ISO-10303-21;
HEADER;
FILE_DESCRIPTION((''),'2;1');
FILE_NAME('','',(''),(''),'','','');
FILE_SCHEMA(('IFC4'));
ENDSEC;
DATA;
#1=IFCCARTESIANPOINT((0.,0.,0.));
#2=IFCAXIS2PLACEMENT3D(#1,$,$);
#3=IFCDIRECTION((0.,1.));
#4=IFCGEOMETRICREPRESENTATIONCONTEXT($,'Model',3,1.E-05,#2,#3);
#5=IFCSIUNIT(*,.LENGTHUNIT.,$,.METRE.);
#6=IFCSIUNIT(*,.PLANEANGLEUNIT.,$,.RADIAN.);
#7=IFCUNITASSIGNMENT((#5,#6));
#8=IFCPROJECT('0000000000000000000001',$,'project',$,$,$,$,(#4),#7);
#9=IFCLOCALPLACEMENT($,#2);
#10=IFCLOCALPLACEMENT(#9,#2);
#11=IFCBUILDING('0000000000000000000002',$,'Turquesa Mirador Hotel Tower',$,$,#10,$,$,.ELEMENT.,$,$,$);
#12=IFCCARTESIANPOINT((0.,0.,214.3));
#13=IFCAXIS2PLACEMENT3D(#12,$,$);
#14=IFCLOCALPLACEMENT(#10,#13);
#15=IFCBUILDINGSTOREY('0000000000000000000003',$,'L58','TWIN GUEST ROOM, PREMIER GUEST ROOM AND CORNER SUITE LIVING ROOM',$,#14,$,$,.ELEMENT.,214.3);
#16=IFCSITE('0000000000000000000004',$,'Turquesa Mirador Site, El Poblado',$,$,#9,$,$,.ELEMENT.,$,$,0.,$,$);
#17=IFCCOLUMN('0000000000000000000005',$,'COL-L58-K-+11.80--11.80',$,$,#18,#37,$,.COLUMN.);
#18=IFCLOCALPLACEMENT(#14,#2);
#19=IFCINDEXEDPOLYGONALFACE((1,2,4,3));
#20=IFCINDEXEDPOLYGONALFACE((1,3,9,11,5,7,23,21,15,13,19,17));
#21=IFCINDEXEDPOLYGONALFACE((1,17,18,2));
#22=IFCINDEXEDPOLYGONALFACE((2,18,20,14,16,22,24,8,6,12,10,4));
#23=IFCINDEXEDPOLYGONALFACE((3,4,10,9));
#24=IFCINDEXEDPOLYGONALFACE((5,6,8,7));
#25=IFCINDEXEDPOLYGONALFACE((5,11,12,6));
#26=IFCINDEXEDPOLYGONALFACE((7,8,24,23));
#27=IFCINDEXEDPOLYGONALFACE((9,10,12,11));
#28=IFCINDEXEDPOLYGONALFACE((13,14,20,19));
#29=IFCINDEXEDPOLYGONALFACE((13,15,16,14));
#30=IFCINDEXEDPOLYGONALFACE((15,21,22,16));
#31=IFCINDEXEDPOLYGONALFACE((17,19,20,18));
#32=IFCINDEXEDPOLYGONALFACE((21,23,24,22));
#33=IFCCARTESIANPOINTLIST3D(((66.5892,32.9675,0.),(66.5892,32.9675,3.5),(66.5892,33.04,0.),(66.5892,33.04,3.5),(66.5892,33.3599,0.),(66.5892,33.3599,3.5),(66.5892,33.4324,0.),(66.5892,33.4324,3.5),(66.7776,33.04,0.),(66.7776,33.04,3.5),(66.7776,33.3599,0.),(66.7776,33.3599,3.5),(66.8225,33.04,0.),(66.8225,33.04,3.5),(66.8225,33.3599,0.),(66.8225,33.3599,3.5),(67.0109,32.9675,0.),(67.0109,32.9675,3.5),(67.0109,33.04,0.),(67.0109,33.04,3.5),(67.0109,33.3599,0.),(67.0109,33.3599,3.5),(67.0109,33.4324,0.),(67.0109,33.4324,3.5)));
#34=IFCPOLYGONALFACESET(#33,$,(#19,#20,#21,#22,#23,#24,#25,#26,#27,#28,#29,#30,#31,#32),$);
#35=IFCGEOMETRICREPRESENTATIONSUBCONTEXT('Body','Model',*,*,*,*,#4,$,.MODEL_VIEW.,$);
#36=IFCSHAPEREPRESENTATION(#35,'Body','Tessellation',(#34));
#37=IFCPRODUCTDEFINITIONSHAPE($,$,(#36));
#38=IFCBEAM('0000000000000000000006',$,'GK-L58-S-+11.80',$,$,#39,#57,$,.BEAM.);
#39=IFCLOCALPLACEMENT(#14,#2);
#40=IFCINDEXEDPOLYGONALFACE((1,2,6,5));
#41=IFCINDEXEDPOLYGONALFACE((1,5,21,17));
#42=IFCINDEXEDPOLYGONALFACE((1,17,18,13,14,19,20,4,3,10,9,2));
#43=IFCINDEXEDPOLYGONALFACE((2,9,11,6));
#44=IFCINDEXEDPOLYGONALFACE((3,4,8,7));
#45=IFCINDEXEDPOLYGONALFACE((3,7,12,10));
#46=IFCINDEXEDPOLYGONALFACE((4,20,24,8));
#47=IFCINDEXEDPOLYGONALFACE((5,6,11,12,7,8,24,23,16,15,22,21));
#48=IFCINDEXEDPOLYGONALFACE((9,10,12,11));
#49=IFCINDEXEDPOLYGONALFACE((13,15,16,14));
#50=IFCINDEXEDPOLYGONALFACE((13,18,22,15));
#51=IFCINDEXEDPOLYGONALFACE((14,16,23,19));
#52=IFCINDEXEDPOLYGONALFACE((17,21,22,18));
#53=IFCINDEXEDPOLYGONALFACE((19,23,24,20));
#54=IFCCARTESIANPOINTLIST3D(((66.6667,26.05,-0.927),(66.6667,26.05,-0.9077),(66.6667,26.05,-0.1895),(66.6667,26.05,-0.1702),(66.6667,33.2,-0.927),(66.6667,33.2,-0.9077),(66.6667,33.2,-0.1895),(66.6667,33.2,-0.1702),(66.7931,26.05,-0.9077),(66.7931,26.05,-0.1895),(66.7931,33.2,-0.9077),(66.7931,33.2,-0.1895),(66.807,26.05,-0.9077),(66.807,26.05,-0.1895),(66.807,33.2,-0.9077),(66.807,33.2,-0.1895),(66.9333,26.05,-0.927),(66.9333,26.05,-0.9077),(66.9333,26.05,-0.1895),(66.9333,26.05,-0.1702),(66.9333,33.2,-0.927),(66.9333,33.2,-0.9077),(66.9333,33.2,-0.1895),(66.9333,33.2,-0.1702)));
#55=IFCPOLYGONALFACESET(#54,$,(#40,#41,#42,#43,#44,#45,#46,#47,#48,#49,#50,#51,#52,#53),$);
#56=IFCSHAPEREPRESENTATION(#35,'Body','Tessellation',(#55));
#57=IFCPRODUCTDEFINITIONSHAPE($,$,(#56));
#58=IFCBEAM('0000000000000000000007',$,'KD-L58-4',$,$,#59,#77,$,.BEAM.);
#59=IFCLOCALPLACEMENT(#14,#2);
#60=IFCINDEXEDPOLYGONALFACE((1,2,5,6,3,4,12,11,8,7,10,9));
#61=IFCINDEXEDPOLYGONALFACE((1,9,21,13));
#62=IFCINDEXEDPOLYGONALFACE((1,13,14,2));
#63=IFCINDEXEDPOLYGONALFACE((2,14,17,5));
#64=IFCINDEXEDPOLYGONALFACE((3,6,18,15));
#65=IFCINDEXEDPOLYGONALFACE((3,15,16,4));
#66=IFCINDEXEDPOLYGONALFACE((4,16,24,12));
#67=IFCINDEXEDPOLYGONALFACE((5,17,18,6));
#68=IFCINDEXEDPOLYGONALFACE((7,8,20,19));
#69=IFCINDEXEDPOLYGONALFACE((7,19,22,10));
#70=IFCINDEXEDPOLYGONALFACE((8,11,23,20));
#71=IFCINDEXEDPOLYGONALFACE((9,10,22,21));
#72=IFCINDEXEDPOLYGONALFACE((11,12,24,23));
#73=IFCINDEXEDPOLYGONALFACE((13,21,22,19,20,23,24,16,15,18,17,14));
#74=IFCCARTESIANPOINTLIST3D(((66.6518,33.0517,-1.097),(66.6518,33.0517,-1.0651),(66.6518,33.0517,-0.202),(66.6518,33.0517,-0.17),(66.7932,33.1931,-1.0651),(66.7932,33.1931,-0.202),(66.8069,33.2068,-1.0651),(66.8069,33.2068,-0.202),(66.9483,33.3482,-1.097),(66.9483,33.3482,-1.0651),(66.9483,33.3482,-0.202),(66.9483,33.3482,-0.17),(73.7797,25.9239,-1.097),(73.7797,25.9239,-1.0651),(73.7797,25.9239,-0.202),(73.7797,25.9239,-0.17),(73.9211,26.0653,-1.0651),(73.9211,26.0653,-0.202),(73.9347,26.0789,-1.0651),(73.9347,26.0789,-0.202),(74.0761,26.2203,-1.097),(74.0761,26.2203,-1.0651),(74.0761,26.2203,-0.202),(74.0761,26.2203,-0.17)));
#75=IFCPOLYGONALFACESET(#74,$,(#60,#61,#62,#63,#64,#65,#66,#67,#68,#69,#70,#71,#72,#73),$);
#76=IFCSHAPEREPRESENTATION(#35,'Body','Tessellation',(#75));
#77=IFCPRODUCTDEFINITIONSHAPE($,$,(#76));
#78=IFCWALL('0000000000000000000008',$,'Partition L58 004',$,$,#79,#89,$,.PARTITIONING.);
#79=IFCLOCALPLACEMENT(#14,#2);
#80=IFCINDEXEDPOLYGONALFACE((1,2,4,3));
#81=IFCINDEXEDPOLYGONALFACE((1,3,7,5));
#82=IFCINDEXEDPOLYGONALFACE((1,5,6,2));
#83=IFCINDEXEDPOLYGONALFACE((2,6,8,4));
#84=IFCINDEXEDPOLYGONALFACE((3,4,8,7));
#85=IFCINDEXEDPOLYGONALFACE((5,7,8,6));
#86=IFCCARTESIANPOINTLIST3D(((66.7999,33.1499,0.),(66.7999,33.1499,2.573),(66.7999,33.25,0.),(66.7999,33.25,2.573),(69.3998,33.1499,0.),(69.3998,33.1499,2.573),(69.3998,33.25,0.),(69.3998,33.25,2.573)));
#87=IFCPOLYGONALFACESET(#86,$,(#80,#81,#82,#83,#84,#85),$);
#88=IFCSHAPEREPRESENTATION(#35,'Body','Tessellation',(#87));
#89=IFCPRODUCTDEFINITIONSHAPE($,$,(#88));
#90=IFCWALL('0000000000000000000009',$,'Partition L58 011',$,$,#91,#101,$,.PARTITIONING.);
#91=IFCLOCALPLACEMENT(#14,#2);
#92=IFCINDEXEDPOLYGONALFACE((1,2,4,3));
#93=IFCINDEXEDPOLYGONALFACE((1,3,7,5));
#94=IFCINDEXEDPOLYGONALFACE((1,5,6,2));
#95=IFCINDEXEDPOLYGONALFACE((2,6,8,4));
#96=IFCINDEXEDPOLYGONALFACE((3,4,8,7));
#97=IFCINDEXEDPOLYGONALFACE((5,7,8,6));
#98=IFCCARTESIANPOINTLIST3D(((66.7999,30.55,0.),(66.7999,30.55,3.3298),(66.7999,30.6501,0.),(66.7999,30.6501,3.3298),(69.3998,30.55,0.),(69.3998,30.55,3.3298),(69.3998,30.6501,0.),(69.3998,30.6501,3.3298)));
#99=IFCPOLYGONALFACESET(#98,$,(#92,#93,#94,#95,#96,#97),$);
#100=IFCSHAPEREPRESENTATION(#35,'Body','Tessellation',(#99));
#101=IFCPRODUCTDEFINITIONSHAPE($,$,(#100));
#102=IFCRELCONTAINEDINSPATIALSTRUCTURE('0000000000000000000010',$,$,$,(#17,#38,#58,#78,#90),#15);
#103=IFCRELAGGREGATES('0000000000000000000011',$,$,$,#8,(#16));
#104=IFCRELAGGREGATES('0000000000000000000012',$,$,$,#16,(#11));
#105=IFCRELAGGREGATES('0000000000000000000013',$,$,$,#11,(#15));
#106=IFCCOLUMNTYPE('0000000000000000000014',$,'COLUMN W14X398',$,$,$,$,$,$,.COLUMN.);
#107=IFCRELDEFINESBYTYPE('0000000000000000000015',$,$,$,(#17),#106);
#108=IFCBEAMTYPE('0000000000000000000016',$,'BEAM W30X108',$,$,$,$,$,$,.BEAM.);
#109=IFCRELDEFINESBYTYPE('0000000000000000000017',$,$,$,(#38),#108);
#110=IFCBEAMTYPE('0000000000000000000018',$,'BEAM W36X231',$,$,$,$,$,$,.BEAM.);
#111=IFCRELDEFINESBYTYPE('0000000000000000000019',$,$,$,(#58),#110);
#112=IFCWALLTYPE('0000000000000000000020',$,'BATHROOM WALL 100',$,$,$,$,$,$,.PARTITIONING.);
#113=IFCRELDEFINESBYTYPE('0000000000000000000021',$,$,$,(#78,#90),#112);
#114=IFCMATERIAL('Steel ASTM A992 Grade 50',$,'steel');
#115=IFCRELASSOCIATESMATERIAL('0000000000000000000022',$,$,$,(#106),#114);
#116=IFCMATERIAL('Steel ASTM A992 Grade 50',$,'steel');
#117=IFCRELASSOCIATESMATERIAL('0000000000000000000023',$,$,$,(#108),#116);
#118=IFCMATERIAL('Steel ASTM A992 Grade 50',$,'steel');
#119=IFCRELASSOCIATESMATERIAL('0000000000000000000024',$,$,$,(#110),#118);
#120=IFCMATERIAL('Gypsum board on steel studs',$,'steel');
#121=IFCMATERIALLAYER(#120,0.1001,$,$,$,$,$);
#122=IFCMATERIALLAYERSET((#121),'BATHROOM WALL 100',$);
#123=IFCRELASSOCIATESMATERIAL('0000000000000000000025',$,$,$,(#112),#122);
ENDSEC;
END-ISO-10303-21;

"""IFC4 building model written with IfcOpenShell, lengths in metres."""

from ifc_helpers import new_model, si_unit, direction, frame, frame_2d, origin, origin_2d, place, context, subcontext, project, spatial, rectangle, i_section, extrude, material, layer, layer_set, material_profile, profile_set, type_object, element, save


model = new_model("IFC4")

# Units and contexts
model_context = context("Model", 3, precision=1e-05, world=origin(), true_north=direction((0.0, 1.0)))
body_context = subcontext(model_context, "Body", "Model", "MODEL_VIEW")
ifc_project = project(units=[si_unit("LENGTHUNIT", "METRE"), si_unit("PLANEANGLEUNIT", "RADIAN")], contexts=[model_context])

# Site, building, storey
site_placement = place(None, origin())
site = spatial("IfcSite", under=ifc_project, at=site_placement, Name="Turquesa Mirador Site, El Poblado", CompositionType="ELEMENT", RefElevation=0.0)
building_placement = place(site_placement, origin())
building = spatial("IfcBuilding", under=site, at=building_placement, Name="Turquesa Mirador Hotel Tower", CompositionType="ELEMENT")
storey_placement = place(building_placement, frame((0.0, 0.0, 214.3)))
storey = spatial("IfcBuildingStorey", under=building, at=storey_placement, Name="L58", Description="TWIN GUEST ROOM, PREMIER GUEST ROOM AND CORNER SUITE LIVING ROOM", CompositionType="ELEMENT", Elevation=214.3)

# Column
ifc_material_1 = material(Name="Steel ASTM A992 Grade 50", Category="steel")
ifc_material_profile_1 = material_profile(ifc_material_1, i_section(OverallWidth=0.4216, OverallDepth=0.4648, WebThickness=0.0449, FlangeThickness=0.0725, at=origin_2d()), Name="W14X398")
ifc_profile_set_1 = profile_set([ifc_material_profile_1], Name="Steel ASTM A992 Grade 50")
column_type = type_object("IfcColumnType", Name="COLUMN W14X398", PredefinedType="COLUMN", material=ifc_profile_set_1)
column_placement = place(storey_placement, frame((66.8, 33.2, 0.0), z_axis=(0.0, 0.0, 1.0), x_axis=(1.0, 0.0, 0.0)))
element("IfcColumn", 1, at=column_placement, inside=storey, type_object=column_type, Name="COL-L58-K-+11.80--11.80", PredefinedType="COLUMN", context=body_context, shape_type="SweptSolid", body=[
    extrude(i_section(OverallWidth=0.4216, OverallDepth=0.4648, WebThickness=0.0449, FlangeThickness=0.0725, at=origin_2d()), origin(), (0.0, 0.0, 1.0), 3.5),
])

# Beams
ifc_material_2 = material(Name="Steel ASTM A992 Grade 50", Category="steel")
ifc_material_profile_2 = material_profile(ifc_material_2, i_section(OverallWidth=0.2666, OverallDepth=0.7568, WebThickness=0.0139, FlangeThickness=0.0193, at=origin_2d()), Name="W30X108")
ifc_profile_set_2 = profile_set([ifc_material_profile_2], Name="Steel ASTM A992 Grade 50")
beam_type_1 = type_object("IfcBeamType", Name="BEAM W30X108", PredefinedType="BEAM", material=ifc_profile_set_2)
beam_1_placement = place(storey_placement, frame((66.8, 26.05, -0.5486), z_axis=(0.0, 1.0, 0.0), x_axis=(-1.0, 0.0, 0.0)))
element("IfcBeam", 2, at=beam_1_placement, inside=storey, type_object=beam_type_1, Name="GK-L58-S-+11.80", PredefinedType="BEAM", context=body_context, shape_type="SweptSolid", body=[
    extrude(i_section(OverallWidth=0.2666, OverallDepth=0.7568, WebThickness=0.0139, FlangeThickness=0.0193, at=origin_2d()), origin(), (0.0, 0.0, 1.0), 7.1499),
])
ifc_material_3 = material(Name="Steel ASTM A992 Grade 50", Category="steel")
ifc_material_profile_3 = material_profile(ifc_material_3, i_section(OverallWidth=0.4192, OverallDepth=0.927, WebThickness=0.0193, FlangeThickness=0.032, at=origin_2d()), Name="W36X231")
ifc_profile_set_3 = profile_set([ifc_material_profile_3], Name="Steel ASTM A992 Grade 50")
beam_type_2 = type_object("IfcBeamType", Name="BEAM W36X231", PredefinedType="BEAM", material=ifc_profile_set_3)
beam_2_placement = place(storey_placement, frame((66.8, 33.2, -0.6335), z_axis=(0.707107, -0.707107, 0.0), x_axis=(0.707107, 0.707107, 0.0)))
element("IfcBeam", 3, at=beam_2_placement, inside=storey, type_object=beam_type_2, Name="KD-L58-4", PredefinedType="BEAM", context=body_context, shape_type="SweptSolid", body=[
    extrude(i_section(OverallWidth=0.4192, OverallDepth=0.927, WebThickness=0.0193, FlangeThickness=0.032, at=origin_2d()), origin(), (0.0, 0.0, 1.0), 10.0803),
])

# Walls
ifc_material_4 = material(Name="Gypsum board on steel studs", Category="steel")
ifc_layer_1 = layer(ifc_material_4, 0.1001)
ifc_layer_set_1 = layer_set([ifc_layer_1], Name="BATHROOM WALL 100")
wall_type_1 = type_object("IfcWallType", Name="BATHROOM WALL 100", PredefinedType="PARTITIONING", material=ifc_layer_set_1)
wall_1_placement = place(storey_placement, frame((66.8, 33.2, 0.0), z_axis=(0.0, 0.0, 1.0), x_axis=(1.0, 0.0, 0.0)))
element("IfcWall", 4, at=wall_1_placement, inside=storey, type_object=wall_type_1, Name="Partition L58 004", PredefinedType="PARTITIONING", context=body_context, shape_type="SweptSolid", body=[
    extrude(rectangle(XDim=2.5999, YDim=0.1001, at=frame_2d((1.2998, 0.0))), origin(), (0.0, 0.0, 1.0), 2.573),
])
wall_2_placement = place(storey_placement, frame((66.8, 30.6001, 0.0), z_axis=(0.0, 0.0, 1.0), x_axis=(1.0, 0.0, 0.0)))
element("IfcWall", 5, at=wall_2_placement, inside=storey, type_object=wall_type_1, Name="Partition L58 011", PredefinedType="PARTITIONING", context=body_context, shape_type="SweptSolid", body=[
    extrude(rectangle(XDim=2.5999, YDim=0.1001, at=frame_2d((1.2998, 0.0))), origin(), (0.0, 0.0, 1.0), 3.3298),
])

save(model, "model.ifc")
